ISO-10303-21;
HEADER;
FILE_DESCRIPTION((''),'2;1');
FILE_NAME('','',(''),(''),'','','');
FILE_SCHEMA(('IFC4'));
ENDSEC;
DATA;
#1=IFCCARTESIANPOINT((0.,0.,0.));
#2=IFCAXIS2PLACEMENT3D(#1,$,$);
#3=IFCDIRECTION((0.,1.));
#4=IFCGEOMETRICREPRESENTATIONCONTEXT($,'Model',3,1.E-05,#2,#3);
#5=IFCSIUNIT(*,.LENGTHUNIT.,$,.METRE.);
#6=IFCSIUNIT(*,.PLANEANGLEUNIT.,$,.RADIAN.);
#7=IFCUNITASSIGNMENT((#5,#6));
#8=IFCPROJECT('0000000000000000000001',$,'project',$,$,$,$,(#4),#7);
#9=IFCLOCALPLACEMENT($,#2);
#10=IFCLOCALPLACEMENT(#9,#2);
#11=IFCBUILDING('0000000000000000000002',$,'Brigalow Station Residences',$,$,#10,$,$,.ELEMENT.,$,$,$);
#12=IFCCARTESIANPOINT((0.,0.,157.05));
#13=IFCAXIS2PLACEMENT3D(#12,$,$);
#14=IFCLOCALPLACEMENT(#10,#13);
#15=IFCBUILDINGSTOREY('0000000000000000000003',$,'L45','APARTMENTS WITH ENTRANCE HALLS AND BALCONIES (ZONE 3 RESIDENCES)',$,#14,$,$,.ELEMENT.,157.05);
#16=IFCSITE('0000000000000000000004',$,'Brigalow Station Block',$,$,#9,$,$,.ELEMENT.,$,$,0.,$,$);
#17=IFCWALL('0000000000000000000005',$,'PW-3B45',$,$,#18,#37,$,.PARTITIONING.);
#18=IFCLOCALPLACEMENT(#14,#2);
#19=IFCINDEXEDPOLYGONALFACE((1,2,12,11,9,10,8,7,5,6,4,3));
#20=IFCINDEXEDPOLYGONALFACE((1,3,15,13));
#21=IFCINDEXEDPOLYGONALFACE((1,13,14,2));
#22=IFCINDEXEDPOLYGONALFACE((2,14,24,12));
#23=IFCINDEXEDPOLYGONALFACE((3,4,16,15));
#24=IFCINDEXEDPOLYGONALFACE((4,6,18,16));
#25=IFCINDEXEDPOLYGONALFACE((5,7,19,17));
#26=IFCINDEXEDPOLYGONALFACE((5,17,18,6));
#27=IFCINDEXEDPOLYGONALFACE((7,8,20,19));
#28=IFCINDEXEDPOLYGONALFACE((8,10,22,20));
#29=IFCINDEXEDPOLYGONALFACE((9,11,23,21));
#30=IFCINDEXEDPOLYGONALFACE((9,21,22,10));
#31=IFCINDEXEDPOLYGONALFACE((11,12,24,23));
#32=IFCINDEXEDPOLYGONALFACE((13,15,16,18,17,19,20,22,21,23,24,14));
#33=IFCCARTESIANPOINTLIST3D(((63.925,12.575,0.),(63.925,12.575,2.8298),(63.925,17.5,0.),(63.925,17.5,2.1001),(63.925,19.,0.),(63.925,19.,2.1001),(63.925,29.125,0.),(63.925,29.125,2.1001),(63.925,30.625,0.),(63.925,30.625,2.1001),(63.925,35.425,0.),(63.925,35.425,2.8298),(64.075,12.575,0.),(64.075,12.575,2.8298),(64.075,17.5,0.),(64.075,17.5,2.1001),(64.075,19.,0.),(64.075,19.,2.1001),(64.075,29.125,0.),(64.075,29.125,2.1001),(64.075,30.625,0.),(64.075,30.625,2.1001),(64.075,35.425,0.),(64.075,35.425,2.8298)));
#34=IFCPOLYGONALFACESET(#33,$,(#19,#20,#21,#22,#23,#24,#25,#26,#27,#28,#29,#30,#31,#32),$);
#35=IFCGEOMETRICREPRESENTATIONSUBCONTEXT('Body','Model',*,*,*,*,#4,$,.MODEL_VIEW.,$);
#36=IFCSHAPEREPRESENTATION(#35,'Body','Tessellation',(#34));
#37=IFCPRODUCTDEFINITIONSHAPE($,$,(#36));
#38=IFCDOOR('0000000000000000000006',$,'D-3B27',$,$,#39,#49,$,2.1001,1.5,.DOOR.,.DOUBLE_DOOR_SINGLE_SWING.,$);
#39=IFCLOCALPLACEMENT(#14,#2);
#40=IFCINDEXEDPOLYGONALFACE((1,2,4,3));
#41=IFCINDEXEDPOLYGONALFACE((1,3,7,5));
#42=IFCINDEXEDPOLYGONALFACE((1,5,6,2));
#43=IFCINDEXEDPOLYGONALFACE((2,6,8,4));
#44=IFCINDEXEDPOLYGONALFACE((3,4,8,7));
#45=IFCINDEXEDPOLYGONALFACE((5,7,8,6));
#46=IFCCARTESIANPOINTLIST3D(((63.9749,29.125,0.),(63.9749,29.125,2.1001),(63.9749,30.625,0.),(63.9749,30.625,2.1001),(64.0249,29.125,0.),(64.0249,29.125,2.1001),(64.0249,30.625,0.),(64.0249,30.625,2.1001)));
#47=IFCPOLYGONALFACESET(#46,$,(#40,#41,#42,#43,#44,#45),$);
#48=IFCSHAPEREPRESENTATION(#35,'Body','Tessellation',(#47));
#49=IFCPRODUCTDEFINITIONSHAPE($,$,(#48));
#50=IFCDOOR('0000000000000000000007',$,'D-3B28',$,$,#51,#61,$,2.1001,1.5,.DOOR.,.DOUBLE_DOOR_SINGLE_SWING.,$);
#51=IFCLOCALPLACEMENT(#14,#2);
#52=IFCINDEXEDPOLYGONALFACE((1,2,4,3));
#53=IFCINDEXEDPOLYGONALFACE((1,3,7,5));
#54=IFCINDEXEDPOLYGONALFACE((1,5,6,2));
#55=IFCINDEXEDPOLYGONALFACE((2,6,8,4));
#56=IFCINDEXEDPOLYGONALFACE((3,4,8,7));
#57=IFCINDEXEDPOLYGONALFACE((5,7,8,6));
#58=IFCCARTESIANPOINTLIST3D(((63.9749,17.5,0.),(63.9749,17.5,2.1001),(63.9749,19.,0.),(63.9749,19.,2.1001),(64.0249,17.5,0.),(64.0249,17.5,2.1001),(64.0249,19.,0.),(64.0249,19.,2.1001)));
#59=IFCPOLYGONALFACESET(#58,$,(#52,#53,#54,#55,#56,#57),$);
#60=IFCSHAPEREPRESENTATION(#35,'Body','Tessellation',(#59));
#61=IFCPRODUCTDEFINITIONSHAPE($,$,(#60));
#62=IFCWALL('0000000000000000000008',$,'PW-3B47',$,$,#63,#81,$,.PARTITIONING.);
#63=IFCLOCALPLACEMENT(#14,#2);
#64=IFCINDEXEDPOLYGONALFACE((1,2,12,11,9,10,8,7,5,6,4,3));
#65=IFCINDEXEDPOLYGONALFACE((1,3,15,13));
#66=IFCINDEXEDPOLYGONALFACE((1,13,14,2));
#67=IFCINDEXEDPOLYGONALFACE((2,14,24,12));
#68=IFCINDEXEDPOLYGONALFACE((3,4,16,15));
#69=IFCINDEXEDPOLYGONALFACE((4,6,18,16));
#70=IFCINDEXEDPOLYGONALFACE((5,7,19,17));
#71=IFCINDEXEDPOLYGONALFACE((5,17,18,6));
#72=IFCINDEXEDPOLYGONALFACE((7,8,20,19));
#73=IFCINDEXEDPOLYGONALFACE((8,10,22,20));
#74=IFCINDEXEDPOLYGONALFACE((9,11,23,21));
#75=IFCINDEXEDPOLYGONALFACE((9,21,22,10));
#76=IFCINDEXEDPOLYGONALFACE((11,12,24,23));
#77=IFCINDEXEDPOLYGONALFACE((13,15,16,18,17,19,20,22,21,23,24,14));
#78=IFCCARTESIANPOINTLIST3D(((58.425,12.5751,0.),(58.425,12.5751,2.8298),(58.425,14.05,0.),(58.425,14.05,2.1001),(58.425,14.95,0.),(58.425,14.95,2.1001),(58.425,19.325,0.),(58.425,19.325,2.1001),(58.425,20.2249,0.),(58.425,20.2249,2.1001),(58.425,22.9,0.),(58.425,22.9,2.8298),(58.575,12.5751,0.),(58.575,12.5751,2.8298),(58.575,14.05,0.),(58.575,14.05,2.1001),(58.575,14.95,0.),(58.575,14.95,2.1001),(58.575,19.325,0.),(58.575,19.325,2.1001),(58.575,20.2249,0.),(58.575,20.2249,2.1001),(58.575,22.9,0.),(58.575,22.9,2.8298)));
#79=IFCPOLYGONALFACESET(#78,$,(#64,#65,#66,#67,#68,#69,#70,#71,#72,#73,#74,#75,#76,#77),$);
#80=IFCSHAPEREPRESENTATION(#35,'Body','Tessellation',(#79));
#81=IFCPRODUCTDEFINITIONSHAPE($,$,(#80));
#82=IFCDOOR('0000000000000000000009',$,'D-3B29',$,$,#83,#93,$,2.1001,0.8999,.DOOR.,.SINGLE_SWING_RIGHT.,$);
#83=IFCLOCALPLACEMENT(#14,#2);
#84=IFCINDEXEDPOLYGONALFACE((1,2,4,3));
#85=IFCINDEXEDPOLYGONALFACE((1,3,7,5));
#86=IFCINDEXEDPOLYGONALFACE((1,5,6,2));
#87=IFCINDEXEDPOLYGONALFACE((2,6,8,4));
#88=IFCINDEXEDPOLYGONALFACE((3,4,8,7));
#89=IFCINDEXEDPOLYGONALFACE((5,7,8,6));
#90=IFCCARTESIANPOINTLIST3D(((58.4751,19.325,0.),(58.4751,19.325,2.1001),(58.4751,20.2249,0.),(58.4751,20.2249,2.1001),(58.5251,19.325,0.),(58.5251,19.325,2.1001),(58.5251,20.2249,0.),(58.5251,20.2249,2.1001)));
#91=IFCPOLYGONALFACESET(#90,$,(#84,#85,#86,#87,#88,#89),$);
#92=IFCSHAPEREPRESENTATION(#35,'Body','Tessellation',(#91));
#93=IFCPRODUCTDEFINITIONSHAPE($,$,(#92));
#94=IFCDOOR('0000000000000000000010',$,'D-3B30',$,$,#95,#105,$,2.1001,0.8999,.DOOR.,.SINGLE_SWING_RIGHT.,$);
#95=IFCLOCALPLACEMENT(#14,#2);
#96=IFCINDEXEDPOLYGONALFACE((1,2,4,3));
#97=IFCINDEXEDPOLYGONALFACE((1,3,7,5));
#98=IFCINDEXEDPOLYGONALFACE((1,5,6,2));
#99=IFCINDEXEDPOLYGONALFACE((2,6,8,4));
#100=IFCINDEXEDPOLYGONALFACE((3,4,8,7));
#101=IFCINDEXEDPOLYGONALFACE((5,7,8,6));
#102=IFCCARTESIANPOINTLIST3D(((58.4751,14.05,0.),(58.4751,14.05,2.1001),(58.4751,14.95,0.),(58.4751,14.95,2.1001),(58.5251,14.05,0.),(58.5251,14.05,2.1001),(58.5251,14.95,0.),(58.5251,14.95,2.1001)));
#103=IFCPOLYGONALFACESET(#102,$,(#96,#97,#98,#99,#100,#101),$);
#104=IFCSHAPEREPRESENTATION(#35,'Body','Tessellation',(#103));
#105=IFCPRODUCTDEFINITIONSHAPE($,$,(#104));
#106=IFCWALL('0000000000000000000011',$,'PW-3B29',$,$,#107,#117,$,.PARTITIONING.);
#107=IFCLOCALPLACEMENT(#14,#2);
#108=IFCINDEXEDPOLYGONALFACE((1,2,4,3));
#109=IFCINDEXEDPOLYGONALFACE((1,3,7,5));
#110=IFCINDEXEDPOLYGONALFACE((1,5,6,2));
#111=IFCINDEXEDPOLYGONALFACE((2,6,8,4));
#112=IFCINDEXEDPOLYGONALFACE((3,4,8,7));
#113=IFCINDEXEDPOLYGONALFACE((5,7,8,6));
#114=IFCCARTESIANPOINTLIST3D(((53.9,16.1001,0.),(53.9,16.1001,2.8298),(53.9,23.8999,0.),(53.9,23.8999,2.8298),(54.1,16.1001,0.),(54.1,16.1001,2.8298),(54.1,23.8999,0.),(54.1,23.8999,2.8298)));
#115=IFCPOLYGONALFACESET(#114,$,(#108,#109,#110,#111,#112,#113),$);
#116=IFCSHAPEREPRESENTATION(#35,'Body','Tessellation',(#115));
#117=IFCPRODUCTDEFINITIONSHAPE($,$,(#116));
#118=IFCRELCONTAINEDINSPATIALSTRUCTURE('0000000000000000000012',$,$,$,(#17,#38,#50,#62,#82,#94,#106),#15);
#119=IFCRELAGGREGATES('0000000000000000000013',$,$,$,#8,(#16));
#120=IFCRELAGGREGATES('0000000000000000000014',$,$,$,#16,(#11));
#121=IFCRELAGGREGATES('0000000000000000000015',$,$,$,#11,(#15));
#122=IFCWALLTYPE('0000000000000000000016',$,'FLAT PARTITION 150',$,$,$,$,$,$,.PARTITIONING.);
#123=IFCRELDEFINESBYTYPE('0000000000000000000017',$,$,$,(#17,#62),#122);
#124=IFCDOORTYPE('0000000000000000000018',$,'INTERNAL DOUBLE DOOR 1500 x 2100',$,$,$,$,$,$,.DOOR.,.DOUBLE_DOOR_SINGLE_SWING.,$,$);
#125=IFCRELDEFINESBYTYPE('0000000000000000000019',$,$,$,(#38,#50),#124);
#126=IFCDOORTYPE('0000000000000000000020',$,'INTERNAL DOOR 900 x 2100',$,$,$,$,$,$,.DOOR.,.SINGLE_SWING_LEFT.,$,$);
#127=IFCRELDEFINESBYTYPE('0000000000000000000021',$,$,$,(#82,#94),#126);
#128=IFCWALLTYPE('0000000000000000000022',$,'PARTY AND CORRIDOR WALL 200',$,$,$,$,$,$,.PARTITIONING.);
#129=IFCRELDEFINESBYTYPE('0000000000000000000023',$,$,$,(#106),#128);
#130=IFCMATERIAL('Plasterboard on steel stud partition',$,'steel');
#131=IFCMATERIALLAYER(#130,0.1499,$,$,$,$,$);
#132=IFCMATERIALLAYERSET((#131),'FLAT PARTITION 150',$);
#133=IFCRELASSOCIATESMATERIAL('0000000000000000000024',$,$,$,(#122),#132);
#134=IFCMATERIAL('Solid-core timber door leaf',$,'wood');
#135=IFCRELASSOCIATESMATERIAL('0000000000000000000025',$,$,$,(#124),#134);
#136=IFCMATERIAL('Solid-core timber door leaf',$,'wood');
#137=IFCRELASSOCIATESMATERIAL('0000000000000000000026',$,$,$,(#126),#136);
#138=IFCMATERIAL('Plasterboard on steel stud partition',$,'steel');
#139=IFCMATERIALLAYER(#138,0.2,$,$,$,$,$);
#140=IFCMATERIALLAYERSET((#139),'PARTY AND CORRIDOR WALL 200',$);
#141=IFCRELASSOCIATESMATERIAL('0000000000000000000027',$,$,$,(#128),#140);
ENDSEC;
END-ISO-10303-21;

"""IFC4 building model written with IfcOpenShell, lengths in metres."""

from ifc_helpers import new_model, si_unit, direction, frame, frame_2d, origin, place, context, subcontext, project, spatial, rectangle, extrude, material, layer, layer_set, type_object, element, fill, save


model = new_model("IFC4")

# Units and contexts
model_context = context("Model", 3, precision=1e-05, world=origin(), true_north=direction((0.0, 1.0)))
body_context = subcontext(model_context, "Body", "Model", "MODEL_VIEW")
ifc_project = project(units=[si_unit("LENGTHUNIT", "METRE"), si_unit("PLANEANGLEUNIT", "RADIAN")], contexts=[model_context])

# Site, building, storey
site_placement = place(None, origin())
site = spatial("IfcSite", under=ifc_project, at=site_placement, Name="Brigalow Station Block", CompositionType="ELEMENT", RefElevation=0.0)
building_placement = place(site_placement, origin())
building = spatial("IfcBuilding", under=site, at=building_placement, Name="Brigalow Station Residences", CompositionType="ELEMENT")
storey_placement = place(building_placement, frame((0.0, 0.0, 157.05)))
storey = spatial("IfcBuildingStorey", under=building, at=storey_placement, Name="L45", Description="APARTMENTS WITH ENTRANCE HALLS AND BALCONIES (ZONE 3 RESIDENCES)", CompositionType="ELEMENT", Elevation=157.05)

# Shared definitions
ifc_material_1 = material(Name="Plasterboard on steel stud partition", Category="steel")
ifc_layer_1 = layer(ifc_material_1, 0.1499)
ifc_layer_set_1 = layer_set([ifc_layer_1], Name="FLAT PARTITION 150")
wall_type_1 = type_object("IfcWallType", Name="FLAT PARTITION 150", PredefinedType="PARTITIONING", material=ifc_layer_set_1)

# Shared definitions
ifc_material_2 = material(Name="Solid-core timber door leaf", Category="wood")
door_type_1 = type_object("IfcDoorType", Name="INTERNAL DOUBLE DOOR 1500 x 2100", OperationType="DOUBLE_DOOR_SINGLE_SWING", PredefinedType="DOOR", material=ifc_material_2)

# Walls, openings, doors
wall_1_placement = place(storey_placement, frame((64.0, 12.575, 0.0), z_axis=(0.0, 0.0, 1.0), x_axis=(0.0, 1.0, 0.0)))
wall_1 = element("IfcWall", 1, at=wall_1_placement, inside=storey, type_object=wall_type_1, Name="PW-3B45", PredefinedType="PARTITIONING", context=body_context, shape_type="SweptSolid", body=[
    extrude(rectangle(XDim=22.8501, YDim=0.1499, at=frame_2d((11.425, 0.0))), origin(), (0.0, 0.0, 1.0), 2.8298),
])
opening_1_placement = place(wall_1_placement, frame((16.55, 0.0, 0.0)))
opening_1 = element("IfcOpeningElement", 2, at=opening_1_placement, cuts=wall_1, PredefinedType="OPENING", context=body_context, shape_type="SweptSolid", body=[
    extrude(rectangle(XDim=1.5, YDim=2.1001, at=frame_2d((0.75, 1.05))), frame((0.0, 0.085, 0.0), z_axis=(0.0, -1.0, 0.0), x_axis=(1.0, 0.0, 0.0)), (0.0, 0.0, 1.0), 0.1699),
])
opening_2_placement = place(wall_1_placement, frame((4.925, 0.0, 0.0)))
opening_2 = element("IfcOpeningElement", 3, at=opening_2_placement, cuts=wall_1, PredefinedType="OPENING", context=body_context, shape_type="SweptSolid", body=[
    extrude(rectangle(XDim=1.5, YDim=2.1001, at=frame_2d((0.75, 1.05))), frame((0.0, 0.085, 0.0), z_axis=(0.0, -1.0, 0.0), x_axis=(1.0, 0.0, 0.0)), (0.0, 0.0, 1.0), 0.1699),
])
door_1_placement = place(opening_1_placement, frame((1.5, 0.0, 0.0), z_axis=(0.0, 0.0, 1.0), x_axis=(-1.0, 0.0, 0.0)))
door_1 = element("IfcDoor", 4, at=door_1_placement, inside=storey, type_object=door_type_1, Name="D-3B27", OperationType="DOUBLE_DOOR_SINGLE_SWING", OverallHeight=2.1001, OverallWidth=1.5, PredefinedType="DOOR", context=body_context, shape_type="SweptSolid", body=[
    extrude(rectangle(XDim=1.5, YDim=2.1001, at=frame_2d((0.75, 1.05))), frame((0.0, 0.0249, 0.0), z_axis=(0.0, -1.0, 0.0), x_axis=(1.0, 0.0, 0.0)), (0.0, 0.0, 1.0), 0.05),
])
fill(opening_1, door_1)
door_2_placement = place(opening_2_placement, frame((1.5, 0.0, 0.0), z_axis=(0.0, 0.0, 1.0), x_axis=(-1.0, 0.0, 0.0)))
door_2 = element("IfcDoor", 5, at=door_2_placement, inside=storey, type_object=door_type_1, Name="D-3B28", OperationType="DOUBLE_DOOR_SINGLE_SWING", OverallHeight=2.1001, OverallWidth=1.5, PredefinedType="DOOR", context=body_context, shape_type="SweptSolid", body=[
    extrude(rectangle(XDim=1.5, YDim=2.1001, at=frame_2d((0.75, 1.05))), frame((0.0, 0.0249, 0.0), z_axis=(0.0, -1.0, 0.0), x_axis=(1.0, 0.0, 0.0)), (0.0, 0.0, 1.0), 0.05),
])
fill(opening_2, door_2)
wall_2_placement = place(storey_placement, frame((58.5, 12.575, 0.0), z_axis=(0.0, 0.0, 1.0), x_axis=(0.0, 1.0, 0.0)))
wall_2 = element("IfcWall", 6, at=wall_2_placement, inside=storey, type_object=wall_type_1, Name="PW-3B47", PredefinedType="PARTITIONING", context=body_context, shape_type="SweptSolid", body=[
    extrude(rectangle(XDim=10.325, YDim=0.1499, at=frame_2d((5.1626, 0.0))), origin(), (0.0, 0.0, 1.0), 2.8298),
])
opening_3_placement = place(wall_2_placement, frame((6.75, 0.0, 0.0)))
opening_3 = element("IfcOpeningElement", 7, at=opening_3_placement, cuts=wall_2, PredefinedType="OPENING", context=body_context, shape_type="SweptSolid", body=[
    extrude(rectangle(XDim=0.8999, YDim=2.1001, at=frame_2d((0.45, 1.05))), frame((0.0, 0.085, 0.0), z_axis=(0.0, -1.0, 0.0), x_axis=(1.0, 0.0, 0.0)), (0.0, 0.0, 1.0), 0.1699),
])
opening_4_placement = place(wall_2_placement, frame((1.4751, 0.0, 0.0)))
opening_4 = element("IfcOpeningElement", 8, at=opening_4_placement, cuts=wall_2, PredefinedType="OPENING", context=body_context, shape_type="SweptSolid", body=[
    extrude(rectangle(XDim=0.8999, YDim=2.1001, at=frame_2d((0.45, 1.05))), frame((0.0, 0.085, 0.0), z_axis=(0.0, -1.0, 0.0), x_axis=(1.0, 0.0, 0.0)), (0.0, 0.0, 1.0), 0.1699),
])
ifc_material_3 = material(Name="Solid-core timber door leaf", Category="wood")
door_type_2 = type_object("IfcDoorType", Name="INTERNAL DOOR 900 x 2100", OperationType="SINGLE_SWING_LEFT", PredefinedType="DOOR", material=ifc_material_3)
door_3_placement = place(opening_3_placement, origin())
door_3 = element("IfcDoor", 9, at=door_3_placement, inside=storey, type_object=door_type_2, Name="D-3B29", OperationType="SINGLE_SWING_RIGHT", OverallHeight=2.1001, OverallWidth=0.8999, PredefinedType="DOOR", context=body_context, shape_type="SweptSolid", body=[
    extrude(rectangle(XDim=0.8999, YDim=2.1001, at=frame_2d((0.45, 1.05))), frame((0.0, 0.0249, 0.0), z_axis=(0.0, -1.0, 0.0), x_axis=(1.0, 0.0, 0.0)), (0.0, 0.0, 1.0), 0.05),
])
fill(opening_3, door_3)
door_4_placement = place(opening_4_placement, origin())
door_4 = element("IfcDoor", 10, at=door_4_placement, inside=storey, type_object=door_type_2, Name="D-3B30", OperationType="SINGLE_SWING_RIGHT", OverallHeight=2.1001, OverallWidth=0.8999, PredefinedType="DOOR", context=body_context, shape_type="SweptSolid", body=[
    extrude(rectangle(XDim=0.8999, YDim=2.1001, at=frame_2d((0.45, 1.05))), frame((0.0, 0.0249, 0.0), z_axis=(0.0, -1.0, 0.0), x_axis=(1.0, 0.0, 0.0)), (0.0, 0.0, 1.0), 0.05),
])
fill(opening_4, door_4)

# Wall
ifc_material_4 = material(Name="Plasterboard on steel stud partition", Category="steel")
ifc_layer_2 = layer(ifc_material_4, 0.2)
ifc_layer_set_2 = layer_set([ifc_layer_2], Name="PARTY AND CORRIDOR WALL 200")
wall_type_2 = type_object("IfcWallType", Name="PARTY AND CORRIDOR WALL 200", PredefinedType="PARTITIONING", material=ifc_layer_set_2)
wall_3_placement = place(storey_placement, frame((54.0, 16.1001, 0.0), z_axis=(0.0, 0.0, 1.0), x_axis=(0.0, 1.0, 0.0)))
element("IfcWall", 11, at=wall_3_placement, inside=storey, type_object=wall_type_2, Name="PW-3B29", PredefinedType="PARTITIONING", context=body_context, shape_type="SweptSolid", body=[
    extrude(rectangle(XDim=7.7998, YDim=0.2, at=frame_2d((3.8999, 0.0))), origin(), (0.0, 0.0, 1.0), 2.8298),
])

save(model, "model.ifc")
